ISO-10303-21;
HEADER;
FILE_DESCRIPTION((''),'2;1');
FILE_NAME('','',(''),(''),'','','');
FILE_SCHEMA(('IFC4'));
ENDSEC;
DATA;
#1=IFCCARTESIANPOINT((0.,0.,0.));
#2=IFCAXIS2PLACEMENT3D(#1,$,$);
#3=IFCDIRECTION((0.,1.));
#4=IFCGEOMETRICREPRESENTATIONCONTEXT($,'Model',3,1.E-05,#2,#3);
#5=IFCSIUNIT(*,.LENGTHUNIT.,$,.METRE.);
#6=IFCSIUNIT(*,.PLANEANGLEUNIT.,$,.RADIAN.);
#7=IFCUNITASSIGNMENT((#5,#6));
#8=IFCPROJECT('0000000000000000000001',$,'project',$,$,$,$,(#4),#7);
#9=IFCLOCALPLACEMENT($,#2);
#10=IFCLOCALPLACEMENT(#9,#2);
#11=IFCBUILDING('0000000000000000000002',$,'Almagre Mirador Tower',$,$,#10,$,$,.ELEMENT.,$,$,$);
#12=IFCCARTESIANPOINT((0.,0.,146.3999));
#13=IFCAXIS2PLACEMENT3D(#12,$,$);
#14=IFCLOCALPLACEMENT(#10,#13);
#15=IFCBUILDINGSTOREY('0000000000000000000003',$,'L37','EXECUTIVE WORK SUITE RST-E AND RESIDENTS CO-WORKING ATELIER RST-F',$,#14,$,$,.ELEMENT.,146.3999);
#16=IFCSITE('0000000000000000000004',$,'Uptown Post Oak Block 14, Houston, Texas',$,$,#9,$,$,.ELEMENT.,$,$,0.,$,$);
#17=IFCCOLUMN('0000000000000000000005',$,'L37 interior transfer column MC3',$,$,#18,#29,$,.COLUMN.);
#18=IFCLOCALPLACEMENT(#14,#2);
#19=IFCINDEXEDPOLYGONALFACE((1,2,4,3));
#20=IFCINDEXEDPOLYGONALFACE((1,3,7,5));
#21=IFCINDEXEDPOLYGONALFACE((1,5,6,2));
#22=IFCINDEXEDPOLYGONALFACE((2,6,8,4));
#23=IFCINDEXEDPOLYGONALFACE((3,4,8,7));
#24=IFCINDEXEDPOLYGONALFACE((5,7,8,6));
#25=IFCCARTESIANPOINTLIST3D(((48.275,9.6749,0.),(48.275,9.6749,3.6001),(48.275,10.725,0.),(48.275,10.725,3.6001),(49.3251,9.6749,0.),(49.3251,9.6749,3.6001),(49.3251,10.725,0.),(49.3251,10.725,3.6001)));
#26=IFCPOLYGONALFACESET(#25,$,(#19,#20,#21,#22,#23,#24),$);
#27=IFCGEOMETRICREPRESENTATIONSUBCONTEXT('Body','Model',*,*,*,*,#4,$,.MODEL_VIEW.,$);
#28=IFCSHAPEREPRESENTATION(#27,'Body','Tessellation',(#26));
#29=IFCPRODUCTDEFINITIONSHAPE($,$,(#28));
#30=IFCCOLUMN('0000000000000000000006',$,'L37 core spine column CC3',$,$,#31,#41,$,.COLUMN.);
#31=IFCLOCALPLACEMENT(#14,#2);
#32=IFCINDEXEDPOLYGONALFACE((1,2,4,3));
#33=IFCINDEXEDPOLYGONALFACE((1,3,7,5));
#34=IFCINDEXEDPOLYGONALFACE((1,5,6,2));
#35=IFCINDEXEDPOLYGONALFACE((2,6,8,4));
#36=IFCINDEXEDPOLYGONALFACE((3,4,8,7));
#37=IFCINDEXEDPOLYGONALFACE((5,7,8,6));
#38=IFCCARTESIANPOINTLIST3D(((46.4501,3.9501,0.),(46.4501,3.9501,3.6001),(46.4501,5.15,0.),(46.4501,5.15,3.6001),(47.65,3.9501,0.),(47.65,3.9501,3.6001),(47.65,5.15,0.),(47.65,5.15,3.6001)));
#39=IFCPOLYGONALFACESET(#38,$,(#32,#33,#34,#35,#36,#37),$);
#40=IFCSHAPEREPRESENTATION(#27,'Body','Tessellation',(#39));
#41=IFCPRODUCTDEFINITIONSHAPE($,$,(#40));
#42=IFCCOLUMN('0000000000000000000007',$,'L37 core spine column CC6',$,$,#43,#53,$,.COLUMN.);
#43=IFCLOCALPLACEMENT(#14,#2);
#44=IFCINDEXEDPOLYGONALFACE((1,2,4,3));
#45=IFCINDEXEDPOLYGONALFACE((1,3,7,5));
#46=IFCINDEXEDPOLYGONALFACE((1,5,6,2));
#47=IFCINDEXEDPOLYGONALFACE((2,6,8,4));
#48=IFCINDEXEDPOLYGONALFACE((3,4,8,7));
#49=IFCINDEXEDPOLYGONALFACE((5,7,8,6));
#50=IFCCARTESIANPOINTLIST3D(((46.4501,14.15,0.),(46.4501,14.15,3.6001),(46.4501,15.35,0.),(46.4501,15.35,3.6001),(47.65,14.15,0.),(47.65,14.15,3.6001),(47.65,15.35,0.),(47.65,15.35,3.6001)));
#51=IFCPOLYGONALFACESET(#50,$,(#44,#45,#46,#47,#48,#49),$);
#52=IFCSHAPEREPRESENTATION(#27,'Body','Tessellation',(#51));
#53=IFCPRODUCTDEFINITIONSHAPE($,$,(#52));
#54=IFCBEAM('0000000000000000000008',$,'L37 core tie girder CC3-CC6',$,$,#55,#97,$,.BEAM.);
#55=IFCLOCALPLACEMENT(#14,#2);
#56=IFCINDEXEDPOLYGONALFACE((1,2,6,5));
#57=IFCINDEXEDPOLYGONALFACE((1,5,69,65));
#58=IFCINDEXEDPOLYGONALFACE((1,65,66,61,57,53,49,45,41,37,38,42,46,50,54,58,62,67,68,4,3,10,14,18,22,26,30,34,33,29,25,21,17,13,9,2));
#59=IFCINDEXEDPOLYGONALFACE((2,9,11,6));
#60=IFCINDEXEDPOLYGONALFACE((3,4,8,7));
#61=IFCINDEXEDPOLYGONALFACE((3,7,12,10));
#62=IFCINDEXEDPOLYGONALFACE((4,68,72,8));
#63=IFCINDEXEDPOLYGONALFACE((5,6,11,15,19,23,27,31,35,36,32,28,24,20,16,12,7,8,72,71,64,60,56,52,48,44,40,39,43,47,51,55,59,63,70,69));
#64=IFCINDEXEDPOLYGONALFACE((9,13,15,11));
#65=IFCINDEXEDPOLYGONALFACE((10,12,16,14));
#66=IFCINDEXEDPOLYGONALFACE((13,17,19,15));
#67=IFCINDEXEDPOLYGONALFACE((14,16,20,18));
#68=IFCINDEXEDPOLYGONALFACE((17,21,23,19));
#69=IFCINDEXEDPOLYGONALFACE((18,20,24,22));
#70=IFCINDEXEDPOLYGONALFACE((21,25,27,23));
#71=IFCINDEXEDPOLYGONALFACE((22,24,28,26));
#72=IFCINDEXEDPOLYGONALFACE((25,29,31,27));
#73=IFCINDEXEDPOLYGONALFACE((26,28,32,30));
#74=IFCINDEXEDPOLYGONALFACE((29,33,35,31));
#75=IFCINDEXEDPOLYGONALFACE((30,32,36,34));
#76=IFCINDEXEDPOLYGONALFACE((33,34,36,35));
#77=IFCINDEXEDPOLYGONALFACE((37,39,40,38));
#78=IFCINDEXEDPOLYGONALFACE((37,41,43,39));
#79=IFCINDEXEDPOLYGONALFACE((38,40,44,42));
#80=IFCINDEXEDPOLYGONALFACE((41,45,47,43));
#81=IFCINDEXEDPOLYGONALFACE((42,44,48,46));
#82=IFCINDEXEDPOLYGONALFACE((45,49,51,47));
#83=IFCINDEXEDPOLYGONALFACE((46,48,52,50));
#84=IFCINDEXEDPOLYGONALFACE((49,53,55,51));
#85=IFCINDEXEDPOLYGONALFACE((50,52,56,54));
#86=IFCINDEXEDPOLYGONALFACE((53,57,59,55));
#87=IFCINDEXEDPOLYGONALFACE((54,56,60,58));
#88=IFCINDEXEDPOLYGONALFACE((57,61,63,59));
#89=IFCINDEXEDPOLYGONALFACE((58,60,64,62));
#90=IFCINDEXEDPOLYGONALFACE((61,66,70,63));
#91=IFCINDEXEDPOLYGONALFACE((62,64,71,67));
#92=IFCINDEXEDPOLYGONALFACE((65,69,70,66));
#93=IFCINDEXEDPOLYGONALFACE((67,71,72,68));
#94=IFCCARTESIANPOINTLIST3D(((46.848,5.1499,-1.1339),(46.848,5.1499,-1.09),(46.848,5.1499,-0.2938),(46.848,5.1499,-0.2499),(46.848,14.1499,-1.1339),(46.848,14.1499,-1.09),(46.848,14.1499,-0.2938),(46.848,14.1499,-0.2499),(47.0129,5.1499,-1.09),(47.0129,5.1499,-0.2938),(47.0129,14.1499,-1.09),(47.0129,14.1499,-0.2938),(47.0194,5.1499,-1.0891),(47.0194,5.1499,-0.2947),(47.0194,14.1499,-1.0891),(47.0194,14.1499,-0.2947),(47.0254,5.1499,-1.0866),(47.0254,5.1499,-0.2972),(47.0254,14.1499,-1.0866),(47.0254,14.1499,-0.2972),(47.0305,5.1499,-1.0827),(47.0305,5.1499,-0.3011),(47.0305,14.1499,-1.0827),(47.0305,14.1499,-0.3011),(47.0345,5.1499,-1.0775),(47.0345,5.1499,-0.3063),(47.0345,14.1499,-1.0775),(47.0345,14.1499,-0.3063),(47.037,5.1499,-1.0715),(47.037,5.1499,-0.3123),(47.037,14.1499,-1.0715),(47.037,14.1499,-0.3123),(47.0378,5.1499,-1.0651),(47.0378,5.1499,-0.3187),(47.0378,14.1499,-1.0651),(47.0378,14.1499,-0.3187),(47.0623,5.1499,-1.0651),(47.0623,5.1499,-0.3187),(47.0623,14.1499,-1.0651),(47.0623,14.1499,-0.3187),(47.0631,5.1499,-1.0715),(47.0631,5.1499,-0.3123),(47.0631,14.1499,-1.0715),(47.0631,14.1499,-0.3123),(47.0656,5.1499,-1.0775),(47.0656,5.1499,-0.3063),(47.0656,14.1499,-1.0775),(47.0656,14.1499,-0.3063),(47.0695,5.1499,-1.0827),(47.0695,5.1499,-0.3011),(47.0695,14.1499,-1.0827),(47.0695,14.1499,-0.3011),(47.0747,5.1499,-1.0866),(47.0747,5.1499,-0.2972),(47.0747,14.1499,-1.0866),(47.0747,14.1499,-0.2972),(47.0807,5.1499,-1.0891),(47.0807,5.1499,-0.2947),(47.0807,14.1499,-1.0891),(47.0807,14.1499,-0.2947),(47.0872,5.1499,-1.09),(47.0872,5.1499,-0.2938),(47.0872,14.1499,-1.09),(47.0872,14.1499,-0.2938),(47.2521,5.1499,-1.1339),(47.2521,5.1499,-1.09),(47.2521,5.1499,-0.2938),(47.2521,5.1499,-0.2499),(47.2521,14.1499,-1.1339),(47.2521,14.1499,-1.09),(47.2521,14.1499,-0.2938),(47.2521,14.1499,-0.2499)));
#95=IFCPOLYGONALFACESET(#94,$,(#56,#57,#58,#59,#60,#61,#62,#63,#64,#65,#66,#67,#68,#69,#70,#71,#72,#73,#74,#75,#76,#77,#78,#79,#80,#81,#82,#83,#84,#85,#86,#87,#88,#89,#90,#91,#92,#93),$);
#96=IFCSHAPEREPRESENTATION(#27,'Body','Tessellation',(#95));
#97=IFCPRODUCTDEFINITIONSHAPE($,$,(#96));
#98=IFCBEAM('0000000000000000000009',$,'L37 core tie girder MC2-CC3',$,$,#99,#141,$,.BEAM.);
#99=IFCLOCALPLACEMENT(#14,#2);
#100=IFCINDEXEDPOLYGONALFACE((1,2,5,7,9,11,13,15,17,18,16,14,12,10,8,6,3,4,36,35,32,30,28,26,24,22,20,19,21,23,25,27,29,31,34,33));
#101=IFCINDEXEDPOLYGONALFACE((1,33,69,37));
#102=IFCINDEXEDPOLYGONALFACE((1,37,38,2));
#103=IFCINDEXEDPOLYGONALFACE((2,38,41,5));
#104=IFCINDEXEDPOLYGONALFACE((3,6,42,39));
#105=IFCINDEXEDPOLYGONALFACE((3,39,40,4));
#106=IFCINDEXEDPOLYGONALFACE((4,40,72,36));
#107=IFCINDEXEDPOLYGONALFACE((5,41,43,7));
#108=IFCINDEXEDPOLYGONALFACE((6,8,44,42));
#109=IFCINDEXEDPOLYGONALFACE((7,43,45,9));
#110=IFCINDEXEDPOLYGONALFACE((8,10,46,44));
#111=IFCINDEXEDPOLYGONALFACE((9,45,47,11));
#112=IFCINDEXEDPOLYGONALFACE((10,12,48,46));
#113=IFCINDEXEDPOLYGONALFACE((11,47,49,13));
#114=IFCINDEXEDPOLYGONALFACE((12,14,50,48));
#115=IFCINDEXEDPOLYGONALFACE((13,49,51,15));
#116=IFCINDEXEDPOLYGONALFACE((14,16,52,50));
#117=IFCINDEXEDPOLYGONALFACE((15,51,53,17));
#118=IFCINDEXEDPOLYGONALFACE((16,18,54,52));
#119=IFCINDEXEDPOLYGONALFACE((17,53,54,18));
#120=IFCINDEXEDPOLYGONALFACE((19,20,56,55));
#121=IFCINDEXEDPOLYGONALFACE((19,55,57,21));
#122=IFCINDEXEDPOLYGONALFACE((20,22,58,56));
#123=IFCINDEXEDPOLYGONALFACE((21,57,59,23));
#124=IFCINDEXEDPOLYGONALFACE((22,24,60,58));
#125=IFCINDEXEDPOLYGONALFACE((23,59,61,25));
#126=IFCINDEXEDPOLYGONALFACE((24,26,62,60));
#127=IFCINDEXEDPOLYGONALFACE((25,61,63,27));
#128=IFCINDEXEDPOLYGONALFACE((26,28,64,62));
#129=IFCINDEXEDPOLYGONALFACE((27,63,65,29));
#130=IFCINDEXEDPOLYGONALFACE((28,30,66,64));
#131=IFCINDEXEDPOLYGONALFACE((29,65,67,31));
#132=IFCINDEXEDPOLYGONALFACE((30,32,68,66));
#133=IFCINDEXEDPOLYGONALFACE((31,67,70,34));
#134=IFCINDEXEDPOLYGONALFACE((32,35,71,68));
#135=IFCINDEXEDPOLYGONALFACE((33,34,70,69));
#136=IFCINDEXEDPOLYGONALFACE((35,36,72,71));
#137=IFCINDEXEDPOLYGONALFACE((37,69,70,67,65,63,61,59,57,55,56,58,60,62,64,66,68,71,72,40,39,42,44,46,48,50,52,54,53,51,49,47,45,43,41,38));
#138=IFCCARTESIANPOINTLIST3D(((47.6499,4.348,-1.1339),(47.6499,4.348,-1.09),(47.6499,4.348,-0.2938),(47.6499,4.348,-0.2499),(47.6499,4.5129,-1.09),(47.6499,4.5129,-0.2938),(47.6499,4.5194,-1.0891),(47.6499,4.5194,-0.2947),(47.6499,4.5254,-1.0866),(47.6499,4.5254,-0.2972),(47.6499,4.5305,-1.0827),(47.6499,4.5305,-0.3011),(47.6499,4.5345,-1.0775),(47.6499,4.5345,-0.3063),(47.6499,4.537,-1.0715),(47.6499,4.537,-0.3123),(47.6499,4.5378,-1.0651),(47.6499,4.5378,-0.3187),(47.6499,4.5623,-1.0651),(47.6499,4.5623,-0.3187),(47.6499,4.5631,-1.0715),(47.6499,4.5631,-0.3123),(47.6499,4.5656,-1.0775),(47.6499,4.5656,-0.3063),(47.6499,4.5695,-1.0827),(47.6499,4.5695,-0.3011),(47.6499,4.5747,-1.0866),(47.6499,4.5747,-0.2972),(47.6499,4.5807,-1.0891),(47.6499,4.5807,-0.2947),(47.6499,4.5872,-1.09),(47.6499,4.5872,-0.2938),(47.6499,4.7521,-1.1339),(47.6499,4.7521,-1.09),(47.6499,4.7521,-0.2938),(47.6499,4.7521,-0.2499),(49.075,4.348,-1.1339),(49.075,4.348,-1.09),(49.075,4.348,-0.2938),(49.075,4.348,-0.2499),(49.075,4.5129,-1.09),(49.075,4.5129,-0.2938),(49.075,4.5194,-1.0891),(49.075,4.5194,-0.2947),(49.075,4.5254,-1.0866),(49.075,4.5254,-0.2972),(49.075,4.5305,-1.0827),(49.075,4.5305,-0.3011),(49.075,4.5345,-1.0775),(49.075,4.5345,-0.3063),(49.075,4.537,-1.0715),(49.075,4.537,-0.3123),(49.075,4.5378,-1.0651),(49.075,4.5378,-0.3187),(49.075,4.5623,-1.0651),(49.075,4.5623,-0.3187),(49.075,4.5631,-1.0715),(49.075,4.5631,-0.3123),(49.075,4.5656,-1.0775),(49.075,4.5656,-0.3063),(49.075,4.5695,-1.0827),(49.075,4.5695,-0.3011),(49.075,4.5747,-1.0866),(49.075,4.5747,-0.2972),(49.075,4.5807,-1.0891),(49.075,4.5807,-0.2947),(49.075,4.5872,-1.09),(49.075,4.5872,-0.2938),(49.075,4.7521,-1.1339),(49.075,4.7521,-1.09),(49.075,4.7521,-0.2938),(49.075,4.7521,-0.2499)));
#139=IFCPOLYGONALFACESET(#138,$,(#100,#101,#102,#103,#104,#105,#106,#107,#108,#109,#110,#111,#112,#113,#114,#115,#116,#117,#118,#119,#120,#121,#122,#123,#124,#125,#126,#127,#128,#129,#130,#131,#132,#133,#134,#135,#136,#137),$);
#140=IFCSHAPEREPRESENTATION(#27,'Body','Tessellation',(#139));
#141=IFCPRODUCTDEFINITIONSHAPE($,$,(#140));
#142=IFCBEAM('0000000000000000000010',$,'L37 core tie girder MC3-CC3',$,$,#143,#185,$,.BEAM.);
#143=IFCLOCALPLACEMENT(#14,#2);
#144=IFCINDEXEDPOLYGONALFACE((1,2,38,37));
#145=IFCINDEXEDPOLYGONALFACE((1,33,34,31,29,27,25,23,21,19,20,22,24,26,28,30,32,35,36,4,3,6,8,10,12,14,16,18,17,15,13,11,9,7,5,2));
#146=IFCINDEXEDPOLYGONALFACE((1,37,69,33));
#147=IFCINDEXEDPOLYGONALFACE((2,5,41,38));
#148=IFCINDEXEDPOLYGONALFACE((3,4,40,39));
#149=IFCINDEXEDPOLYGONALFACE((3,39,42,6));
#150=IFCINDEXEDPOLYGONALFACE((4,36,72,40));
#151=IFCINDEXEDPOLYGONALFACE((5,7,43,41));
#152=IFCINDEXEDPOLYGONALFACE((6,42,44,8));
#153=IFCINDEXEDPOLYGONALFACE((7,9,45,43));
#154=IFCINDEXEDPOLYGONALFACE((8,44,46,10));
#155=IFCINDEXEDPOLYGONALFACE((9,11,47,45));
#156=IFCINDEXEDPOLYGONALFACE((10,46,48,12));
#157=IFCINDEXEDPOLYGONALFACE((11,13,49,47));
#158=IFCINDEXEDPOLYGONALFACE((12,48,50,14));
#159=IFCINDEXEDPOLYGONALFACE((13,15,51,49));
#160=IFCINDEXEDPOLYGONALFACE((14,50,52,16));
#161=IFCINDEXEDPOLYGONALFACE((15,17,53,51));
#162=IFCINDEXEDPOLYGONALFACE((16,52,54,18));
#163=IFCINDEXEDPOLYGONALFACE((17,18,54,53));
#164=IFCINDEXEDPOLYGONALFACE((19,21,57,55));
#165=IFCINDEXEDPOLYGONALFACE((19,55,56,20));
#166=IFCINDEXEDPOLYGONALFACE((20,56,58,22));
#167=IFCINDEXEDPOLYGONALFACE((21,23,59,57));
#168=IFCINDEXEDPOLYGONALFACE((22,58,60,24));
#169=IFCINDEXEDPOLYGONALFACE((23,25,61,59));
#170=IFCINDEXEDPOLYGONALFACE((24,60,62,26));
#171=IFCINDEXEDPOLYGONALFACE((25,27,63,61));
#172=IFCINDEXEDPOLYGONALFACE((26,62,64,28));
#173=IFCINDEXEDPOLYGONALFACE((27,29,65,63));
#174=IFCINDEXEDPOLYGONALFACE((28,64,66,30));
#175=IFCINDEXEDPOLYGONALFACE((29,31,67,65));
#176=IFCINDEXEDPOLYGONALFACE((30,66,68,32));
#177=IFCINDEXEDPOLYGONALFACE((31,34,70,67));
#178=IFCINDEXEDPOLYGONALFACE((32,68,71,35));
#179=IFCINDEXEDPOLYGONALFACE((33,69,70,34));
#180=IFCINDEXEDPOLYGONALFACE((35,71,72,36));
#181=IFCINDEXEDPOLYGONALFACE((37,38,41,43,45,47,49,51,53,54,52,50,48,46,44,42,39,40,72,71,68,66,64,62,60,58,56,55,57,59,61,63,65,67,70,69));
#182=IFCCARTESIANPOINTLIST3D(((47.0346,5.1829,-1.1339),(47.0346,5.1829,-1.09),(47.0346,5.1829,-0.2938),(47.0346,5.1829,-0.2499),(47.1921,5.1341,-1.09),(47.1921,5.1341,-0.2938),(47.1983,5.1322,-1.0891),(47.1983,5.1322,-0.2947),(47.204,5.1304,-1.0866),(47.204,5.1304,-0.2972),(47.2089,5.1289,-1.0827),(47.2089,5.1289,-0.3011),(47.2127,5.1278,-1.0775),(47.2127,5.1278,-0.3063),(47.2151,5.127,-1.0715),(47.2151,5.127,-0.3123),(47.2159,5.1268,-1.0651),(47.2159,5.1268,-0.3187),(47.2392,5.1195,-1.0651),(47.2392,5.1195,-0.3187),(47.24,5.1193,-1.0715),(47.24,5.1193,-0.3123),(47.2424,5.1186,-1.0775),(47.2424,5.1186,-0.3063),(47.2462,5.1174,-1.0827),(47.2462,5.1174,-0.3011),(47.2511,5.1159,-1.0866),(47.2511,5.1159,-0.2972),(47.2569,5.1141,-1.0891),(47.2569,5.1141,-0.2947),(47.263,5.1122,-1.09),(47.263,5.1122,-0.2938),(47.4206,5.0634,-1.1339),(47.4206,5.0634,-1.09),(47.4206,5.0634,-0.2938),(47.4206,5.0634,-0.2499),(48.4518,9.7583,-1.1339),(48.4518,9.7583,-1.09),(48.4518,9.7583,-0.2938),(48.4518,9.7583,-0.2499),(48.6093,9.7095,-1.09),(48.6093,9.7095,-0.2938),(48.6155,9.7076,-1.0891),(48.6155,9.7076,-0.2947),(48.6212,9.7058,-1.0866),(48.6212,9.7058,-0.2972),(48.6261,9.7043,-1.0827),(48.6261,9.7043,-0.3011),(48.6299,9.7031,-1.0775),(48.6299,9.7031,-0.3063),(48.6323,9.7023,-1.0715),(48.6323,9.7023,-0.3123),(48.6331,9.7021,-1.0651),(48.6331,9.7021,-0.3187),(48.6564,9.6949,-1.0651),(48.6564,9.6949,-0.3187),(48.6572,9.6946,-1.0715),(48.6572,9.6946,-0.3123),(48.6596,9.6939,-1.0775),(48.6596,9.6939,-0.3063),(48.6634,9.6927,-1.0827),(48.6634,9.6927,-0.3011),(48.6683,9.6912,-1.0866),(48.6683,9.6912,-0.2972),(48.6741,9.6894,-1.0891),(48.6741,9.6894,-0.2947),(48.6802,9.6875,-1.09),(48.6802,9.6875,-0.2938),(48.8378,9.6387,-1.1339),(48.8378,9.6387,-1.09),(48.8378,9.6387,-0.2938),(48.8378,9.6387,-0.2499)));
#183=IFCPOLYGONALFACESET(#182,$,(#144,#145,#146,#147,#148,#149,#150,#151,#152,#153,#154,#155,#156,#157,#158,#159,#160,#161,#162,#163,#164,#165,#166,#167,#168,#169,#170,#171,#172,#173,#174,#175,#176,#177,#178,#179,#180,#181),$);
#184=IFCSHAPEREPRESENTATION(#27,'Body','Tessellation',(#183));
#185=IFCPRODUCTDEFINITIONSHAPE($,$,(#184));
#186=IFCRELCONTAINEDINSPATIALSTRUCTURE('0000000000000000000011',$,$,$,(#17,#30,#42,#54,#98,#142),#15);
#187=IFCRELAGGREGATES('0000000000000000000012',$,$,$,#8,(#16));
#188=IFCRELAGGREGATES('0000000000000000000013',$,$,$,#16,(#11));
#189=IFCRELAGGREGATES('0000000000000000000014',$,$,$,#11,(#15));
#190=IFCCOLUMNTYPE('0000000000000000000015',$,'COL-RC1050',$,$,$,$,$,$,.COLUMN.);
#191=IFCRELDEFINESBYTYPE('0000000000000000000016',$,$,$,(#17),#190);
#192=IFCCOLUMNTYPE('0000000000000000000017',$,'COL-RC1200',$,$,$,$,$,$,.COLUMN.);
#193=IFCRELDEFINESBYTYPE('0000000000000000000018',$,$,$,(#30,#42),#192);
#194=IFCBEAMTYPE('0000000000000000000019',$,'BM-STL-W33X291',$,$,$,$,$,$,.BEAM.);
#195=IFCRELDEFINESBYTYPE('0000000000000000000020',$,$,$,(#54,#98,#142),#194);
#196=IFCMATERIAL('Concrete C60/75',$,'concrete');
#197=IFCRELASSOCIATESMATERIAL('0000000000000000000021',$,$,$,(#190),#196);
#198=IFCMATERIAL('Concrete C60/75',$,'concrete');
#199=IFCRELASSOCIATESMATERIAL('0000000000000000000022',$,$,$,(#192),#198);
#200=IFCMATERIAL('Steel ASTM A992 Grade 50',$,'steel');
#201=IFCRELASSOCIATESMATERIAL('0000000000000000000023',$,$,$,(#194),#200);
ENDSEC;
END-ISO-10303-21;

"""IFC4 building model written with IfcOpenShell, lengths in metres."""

from ifc_helpers import new_model, si_unit, direction, frame, origin, origin_2d, place, context, subcontext, project, spatial, rectangle, i_section, extrude, material, material_profile, profile_set, type_object, element, save


model = new_model("IFC4")

# Units and contexts
model_context = context("Model", 3, precision=1e-05, world=origin(), true_north=direction((0.0, 1.0)))
body_context = subcontext(model_context, "Body", "Model", "MODEL_VIEW")
ifc_project = project(units=[si_unit("LENGTHUNIT", "METRE"), si_unit("PLANEANGLEUNIT", "RADIAN")], contexts=[model_context])

# Site, building, storey
site_placement = place(None, origin())
site = spatial("IfcSite", under=ifc_project, at=site_placement, Name="Uptown Post Oak Block 14, Houston, Texas", CompositionType="ELEMENT", RefElevation=0.0)
building_placement = place(site_placement, origin())
building = spatial("IfcBuilding", under=site, at=building_placement, Name="Almagre Mirador Tower", CompositionType="ELEMENT")
storey_placement = place(building_placement, frame((0.0, 0.0, 146.3999)))
storey = spatial("IfcBuildingStorey", under=building, at=storey_placement, Name="L37", Description="EXECUTIVE WORK SUITE RST-E AND RESIDENTS CO-WORKING ATELIER RST-F", CompositionType="ELEMENT", Elevation=146.3999)

# Columns
ifc_material_1 = material(Name="Concrete C60/75", Category="concrete")
ifc_material_profile_1 = material_profile(ifc_material_1, rectangle(XDim=1.05, YDim=1.05, at=origin_2d()), Name="RC1050X1050")
ifc_profile_set_1 = profile_set([ifc_material_profile_1], Name="Concrete C60/75")
column_type_1 = type_object("IfcColumnType", Name="COL-RC1050", PredefinedType="COLUMN", material=ifc_profile_set_1)
column_placement = place(storey_placement, frame((48.8, 10.2, 0.0), z_axis=(0.0, 0.0, 1.0), x_axis=(1.0, 0.0, 0.0)))
element("IfcColumn", 1, at=column_placement, inside=storey, type_object=column_type_1, Name="L37 interior transfer column MC3", PredefinedType="COLUMN", context=body_context, shape_type="SweptSolid", body=[
    extrude(rectangle(XDim=1.05, YDim=1.05, at=origin_2d()), origin(), (0.0, 0.0, 1.0), 3.6001),
])
ifc_material_2 = material(Name="Concrete C60/75", Category="concrete")
ifc_material_profile_2 = material_profile(ifc_material_2, rectangle(XDim=1.2, YDim=1.2, at=origin_2d()), Name="RC1200X1200")
ifc_profile_set_2 = profile_set([ifc_material_profile_2], Name="Concrete C60/75")
column_type_2 = type_object("IfcColumnType", Name="COL-RC1200", PredefinedType="COLUMN", material=ifc_profile_set_2)
for number, where, z_axis, x_axis, name in (
    (2, (47.05, 4.55, 0.0), (0.0, 0.0, 1.0), (1.0, 0.0, 0.0), "L37 core spine column CC3"),
    (3, (47.05, 14.75, 0.0), (0.0, 0.0, 1.0), (1.0, 0.0, 0.0), "L37 core spine column CC6"),
):
    element("IfcColumn", number, at=place(storey_placement, frame(where, z_axis=z_axis, x_axis=x_axis)), inside=storey, type_object=column_type_2, Name=name, PredefinedType="COLUMN", context=body_context, shape_type="SweptSolid", body=[
        extrude(rectangle(XDim=1.2, YDim=1.2, at=origin_2d()), origin(), (0.0, 0.0, 1.0), 3.6001),
    ])

# Beams
ifc_material_3 = material(Name="Steel ASTM A992 Grade 50", Category="steel")
ifc_material_profile_3 = material_profile(ifc_material_3, i_section(OverallWidth=0.4041, OverallDepth=0.884, WebThickness=0.0244, FlangeThickness=0.0439, FilletRadius=0.0249, at=origin_2d()), Name="W33X291")
ifc_profile_set_3 = profile_set([ifc_material_profile_3], Name="Steel ASTM A992 Grade 50")
beam_type = type_object("IfcBeamType", Name="BM-STL-W33X291", PredefinedType="BEAM", material=ifc_profile_set_3)
beam_1_placement = place(storey_placement, frame((47.05, 5.1499, -0.6919), z_axis=(0.0, 1.0, 0.0), x_axis=(-1.0, 0.0, 0.0)))
element("IfcBeam", 4, at=beam_1_placement, inside=storey, type_object=beam_type, Name="L37 core tie girder CC3-CC6", PredefinedType="BEAM", context=body_context, shape_type="SweptSolid", body=[
    extrude(i_section(OverallWidth=0.4041, OverallDepth=0.884, WebThickness=0.0244, FlangeThickness=0.0439, FilletRadius=0.0249, at=origin_2d()), origin(), (0.0, 0.0, 1.0), 9.0),
])
beam_2_placement = place(storey_placement, frame((49.075, 4.55, -0.6919), z_axis=(-1.0, 0.0, 0.0), x_axis=(0.0, -1.0, 0.0)))
element("IfcBeam", 5, at=beam_2_placement, inside=storey, type_object=beam_type, Name="L37 core tie girder MC2-CC3", PredefinedType="BEAM", context=body_context, shape_type="SweptSolid", body=[
    extrude(i_section(OverallWidth=0.4041, OverallDepth=0.884, WebThickness=0.0244, FlangeThickness=0.0439, FilletRadius=0.0249, at=origin_2d()), origin(), (0.0, 0.0, 1.0), 1.425),
])
beam_3_placement = place(storey_placement, frame((48.6448, 9.6985, -0.6919), z_axis=(-0.29588, -0.955225, 0.0), x_axis=(0.955225, -0.29588, 0.0)))
element("IfcBeam", 6, at=beam_3_placement, inside=storey, type_object=beam_type, Name="L37 core tie girder MC3-CC3", PredefinedType="BEAM", context=body_context, shape_type="SweptSolid", body=[
    extrude(i_section(OverallWidth=0.4041, OverallDepth=0.884, WebThickness=0.0244, FlangeThickness=0.0439, FilletRadius=0.0249, at=origin_2d()), origin(), (0.0, 0.0, 1.0), 4.7898),
])

save(model, "model.ifc")
